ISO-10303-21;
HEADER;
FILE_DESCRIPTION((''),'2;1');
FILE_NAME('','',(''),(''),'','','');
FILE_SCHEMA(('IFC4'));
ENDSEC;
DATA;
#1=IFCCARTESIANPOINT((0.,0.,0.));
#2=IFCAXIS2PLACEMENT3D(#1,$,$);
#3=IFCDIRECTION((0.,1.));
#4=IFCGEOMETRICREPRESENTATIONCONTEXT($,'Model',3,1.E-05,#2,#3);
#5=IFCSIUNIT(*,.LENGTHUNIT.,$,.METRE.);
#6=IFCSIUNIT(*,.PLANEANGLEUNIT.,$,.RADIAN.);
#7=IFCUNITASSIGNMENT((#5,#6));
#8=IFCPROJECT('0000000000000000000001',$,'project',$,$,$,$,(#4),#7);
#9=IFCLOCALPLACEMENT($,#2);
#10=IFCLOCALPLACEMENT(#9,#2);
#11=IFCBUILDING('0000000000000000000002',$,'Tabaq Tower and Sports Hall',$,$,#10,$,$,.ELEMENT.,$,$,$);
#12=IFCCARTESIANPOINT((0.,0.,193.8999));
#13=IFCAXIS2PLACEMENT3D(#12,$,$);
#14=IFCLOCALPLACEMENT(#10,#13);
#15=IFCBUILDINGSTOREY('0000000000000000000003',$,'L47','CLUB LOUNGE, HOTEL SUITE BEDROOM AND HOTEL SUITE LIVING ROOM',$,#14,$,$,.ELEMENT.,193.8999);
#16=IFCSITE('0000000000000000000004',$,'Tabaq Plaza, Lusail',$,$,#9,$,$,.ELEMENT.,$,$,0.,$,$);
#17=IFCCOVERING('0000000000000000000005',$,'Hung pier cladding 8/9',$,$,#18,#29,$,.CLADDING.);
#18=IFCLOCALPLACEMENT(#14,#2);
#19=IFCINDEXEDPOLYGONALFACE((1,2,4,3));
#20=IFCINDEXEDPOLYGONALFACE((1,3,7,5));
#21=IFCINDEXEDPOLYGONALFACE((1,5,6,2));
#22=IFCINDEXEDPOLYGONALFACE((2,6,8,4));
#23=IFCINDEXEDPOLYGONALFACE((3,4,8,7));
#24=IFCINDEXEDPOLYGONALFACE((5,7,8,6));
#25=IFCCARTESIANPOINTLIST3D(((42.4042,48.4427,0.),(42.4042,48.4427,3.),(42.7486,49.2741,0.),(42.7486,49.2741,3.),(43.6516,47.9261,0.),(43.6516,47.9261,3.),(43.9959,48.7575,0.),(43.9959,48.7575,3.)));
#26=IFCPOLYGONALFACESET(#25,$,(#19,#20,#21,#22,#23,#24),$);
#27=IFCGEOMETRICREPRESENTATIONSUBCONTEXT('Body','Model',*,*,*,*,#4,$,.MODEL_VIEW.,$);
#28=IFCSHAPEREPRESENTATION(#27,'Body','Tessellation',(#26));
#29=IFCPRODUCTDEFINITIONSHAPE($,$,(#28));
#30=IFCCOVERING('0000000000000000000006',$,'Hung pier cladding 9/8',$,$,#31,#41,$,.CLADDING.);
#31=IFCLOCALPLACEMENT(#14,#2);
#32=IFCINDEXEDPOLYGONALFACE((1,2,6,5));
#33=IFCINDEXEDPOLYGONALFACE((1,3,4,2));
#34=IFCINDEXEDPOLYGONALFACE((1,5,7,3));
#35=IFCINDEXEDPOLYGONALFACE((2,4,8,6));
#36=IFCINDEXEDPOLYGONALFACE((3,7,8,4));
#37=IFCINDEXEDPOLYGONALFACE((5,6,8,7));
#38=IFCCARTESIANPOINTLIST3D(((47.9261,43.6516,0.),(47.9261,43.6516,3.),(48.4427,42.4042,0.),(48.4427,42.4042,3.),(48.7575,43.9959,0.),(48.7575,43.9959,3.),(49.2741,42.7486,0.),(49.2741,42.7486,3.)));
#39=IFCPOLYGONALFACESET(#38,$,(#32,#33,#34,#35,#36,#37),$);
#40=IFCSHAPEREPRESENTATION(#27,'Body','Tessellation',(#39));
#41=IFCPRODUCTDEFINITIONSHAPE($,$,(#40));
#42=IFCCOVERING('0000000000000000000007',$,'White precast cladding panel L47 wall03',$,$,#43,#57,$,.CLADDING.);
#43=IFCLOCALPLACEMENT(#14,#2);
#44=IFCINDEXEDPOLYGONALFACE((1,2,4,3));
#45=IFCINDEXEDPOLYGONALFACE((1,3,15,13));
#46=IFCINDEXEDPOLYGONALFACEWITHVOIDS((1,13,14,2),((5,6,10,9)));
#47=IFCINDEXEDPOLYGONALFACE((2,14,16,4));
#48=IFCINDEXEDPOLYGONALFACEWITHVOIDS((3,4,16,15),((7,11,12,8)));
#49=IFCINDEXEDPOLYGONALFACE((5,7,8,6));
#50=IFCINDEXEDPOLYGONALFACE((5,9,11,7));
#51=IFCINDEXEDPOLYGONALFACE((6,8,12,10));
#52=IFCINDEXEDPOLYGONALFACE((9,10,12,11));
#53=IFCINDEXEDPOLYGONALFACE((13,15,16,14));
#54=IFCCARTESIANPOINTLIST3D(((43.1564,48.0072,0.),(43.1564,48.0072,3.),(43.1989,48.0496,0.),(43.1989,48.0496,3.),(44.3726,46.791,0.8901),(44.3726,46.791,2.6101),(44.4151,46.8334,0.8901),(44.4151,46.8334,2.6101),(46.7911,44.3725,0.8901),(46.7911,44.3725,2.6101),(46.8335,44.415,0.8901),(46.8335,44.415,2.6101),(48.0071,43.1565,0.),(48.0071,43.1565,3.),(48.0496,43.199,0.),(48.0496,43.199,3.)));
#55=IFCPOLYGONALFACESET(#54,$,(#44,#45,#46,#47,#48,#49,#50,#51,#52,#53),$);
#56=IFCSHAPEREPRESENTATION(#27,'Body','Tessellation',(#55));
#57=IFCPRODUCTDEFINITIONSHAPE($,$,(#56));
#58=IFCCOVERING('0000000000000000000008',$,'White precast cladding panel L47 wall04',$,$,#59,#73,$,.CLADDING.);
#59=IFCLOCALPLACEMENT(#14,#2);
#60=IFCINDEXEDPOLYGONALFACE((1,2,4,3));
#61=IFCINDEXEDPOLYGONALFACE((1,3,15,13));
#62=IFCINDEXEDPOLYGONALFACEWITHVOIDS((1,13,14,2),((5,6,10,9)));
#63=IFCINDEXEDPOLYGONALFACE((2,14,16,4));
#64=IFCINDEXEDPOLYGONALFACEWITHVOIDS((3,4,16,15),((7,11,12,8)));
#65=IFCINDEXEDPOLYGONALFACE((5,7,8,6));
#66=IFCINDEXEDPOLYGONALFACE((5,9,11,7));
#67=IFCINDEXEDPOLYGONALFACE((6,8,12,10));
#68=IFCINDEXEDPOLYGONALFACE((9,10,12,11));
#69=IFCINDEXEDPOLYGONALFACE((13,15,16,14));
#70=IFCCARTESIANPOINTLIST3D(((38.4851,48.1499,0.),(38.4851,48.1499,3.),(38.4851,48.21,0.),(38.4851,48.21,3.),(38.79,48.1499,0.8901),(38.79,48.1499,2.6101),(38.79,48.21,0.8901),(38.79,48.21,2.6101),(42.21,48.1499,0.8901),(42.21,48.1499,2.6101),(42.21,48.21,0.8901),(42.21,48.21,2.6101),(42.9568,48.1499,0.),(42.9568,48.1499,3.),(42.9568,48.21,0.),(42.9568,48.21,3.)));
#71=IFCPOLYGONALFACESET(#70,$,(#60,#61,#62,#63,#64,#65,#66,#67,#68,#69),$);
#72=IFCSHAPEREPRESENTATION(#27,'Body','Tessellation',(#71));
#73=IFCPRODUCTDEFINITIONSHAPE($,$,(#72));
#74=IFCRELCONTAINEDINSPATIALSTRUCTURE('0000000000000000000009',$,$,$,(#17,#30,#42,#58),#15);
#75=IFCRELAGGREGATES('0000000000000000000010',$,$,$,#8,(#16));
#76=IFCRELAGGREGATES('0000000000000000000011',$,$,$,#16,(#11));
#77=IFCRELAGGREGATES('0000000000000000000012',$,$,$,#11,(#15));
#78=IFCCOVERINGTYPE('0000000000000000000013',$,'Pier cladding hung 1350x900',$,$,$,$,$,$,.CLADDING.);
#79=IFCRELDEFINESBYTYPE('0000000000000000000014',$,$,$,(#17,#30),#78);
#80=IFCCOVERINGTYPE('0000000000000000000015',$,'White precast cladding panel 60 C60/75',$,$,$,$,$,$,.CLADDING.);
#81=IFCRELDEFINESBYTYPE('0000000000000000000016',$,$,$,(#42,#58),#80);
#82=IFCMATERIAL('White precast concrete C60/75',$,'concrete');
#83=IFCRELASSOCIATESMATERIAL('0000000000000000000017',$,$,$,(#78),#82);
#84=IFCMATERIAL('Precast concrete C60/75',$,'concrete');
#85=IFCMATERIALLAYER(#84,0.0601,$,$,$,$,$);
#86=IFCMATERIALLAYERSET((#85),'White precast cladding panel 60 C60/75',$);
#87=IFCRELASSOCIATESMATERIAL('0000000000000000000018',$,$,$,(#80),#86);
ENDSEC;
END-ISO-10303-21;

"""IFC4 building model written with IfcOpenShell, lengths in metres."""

from ifc_helpers import new_model, si_unit, direction, frame, frame_2d, origin, place, context, subcontext, project, spatial, polyline, rectangle, outline, extrude, material, layer, layer_set, type_object, element, save


model = new_model("IFC4")

# Units and contexts
model_context = context("Model", 3, precision=1e-05, world=origin(), true_north=direction((0.0, 1.0)))
body_context = subcontext(model_context, "Body", "Model", "MODEL_VIEW")
ifc_project = project(units=[si_unit("LENGTHUNIT", "METRE"), si_unit("PLANEANGLEUNIT", "RADIAN")], contexts=[model_context])

# Site, building, storey
site_placement = place(None, origin())
site = spatial("IfcSite", under=ifc_project, at=site_placement, Name="Tabaq Plaza, Lusail", CompositionType="ELEMENT", RefElevation=0.0)
building_placement = place(site_placement, origin())
building = spatial("IfcBuilding", under=site, at=building_placement, Name="Tabaq Tower and Sports Hall", CompositionType="ELEMENT")
storey_placement = place(building_placement, frame((0.0, 0.0, 193.8999)))
storey = spatial("IfcBuildingStorey", under=building, at=storey_placement, Name="L47", Description="CLUB LOUNGE, HOTEL SUITE BEDROOM AND HOTEL SUITE LIVING ROOM", CompositionType="ELEMENT", Elevation=193.8999)

# Coverings
ifc_material_1 = material(Name="White precast concrete C60/75", Category="concrete")
covering_type_1 = type_object("IfcCoveringType", Name="Pier cladding hung 1350x900", PredefinedType="CLADDING", material=ifc_material_1)
for number, where, z_axis, x_axis, name in (
    (1, (43.8237, 48.3418, 0.0), (0.0, 0.0, 1.0), (-0.923893, 0.38265, 0.0), "Hung pier cladding 8/9"),
    (2, (48.8584, 42.5764, 0.0), (0.0, 0.0, 1.0), (-0.38265, 0.923893, 0.0), "Hung pier cladding 9/8"),
):
    element("IfcCovering", number, at=place(storey_placement, frame(where, z_axis=z_axis, x_axis=x_axis)), inside=storey, type_object=covering_type_1, Name=name, PredefinedType="CLADDING", context=body_context, shape_type="SweptSolid", body=[
        extrude(rectangle(XDim=1.3501, YDim=0.8999, at=frame_2d((0.675, 0.0))), origin(), (0.0, 0.0, 1.0), 3.0),
    ])
ifc_material_2 = material(Name="Precast concrete C60/75", Category="concrete")
ifc_layer_1 = layer(ifc_material_2, 0.0601)
ifc_layer_set_1 = layer_set([ifc_layer_1], Name="White precast cladding panel 60 C60/75")
covering_type_2 = type_object("IfcCoveringType", Name="White precast cladding panel 60 C60/75", PredefinedType="CLADDING", material=ifc_layer_set_1)
covering_1_placement = place(storey_placement, frame((48.0283, 43.1777, 0.0), z_axis=(0.0, 0.0, 1.0), x_axis=(-0.707107, 0.707107, 0.0)))
element("IfcCovering", 3, at=covering_1_placement, inside=storey, type_object=covering_type_2, Name="White precast cladding panel L47 wall03", PredefinedType="CLADDING", context=body_context, shape_type="SweptSolid", body=[
    extrude(outline(polyline([(0.0, 0.0), (6.8599, 0.0), (6.8599, 3.0), (0.0, 3.0), (0.0, 0.0)]), holes=[polyline([(1.7197, 0.8901), (1.7197, 2.6101), (5.1399, 2.6101), (5.1399, 0.8901), (1.7197, 0.8901)])]), frame((0.0, 0.03, 0.0), z_axis=(0.0, -1.0, 0.0), x_axis=(1.0, 0.0, 0.0)), (0.0, 0.0, 1.0), 0.0601),
])
covering_2_placement = place(storey_placement, frame((42.9568, 48.1799, 0.0), z_axis=(0.0, 0.0, 1.0), x_axis=(-1.0, 0.0, 0.0)))
element("IfcCovering", 4, at=covering_2_placement, inside=storey, type_object=covering_type_2, Name="White precast cladding panel L47 wall04", PredefinedType="CLADDING", context=body_context, shape_type="SweptSolid", body=[
    extrude(outline(polyline([(0.0, 0.0), (4.4717, 0.0), (4.4717, 3.0), (0.0, 3.0), (0.0, 0.0)]), holes=[polyline([(0.7468, 0.8901), (0.7468, 2.6101), (4.1667, 2.6101), (4.1667, 0.8901), (0.7468, 0.8901)])]), frame((0.0, 0.03, 0.0), z_axis=(0.0, -1.0, 0.0), x_axis=(1.0, 0.0, 0.0)), (0.0, 0.0, 1.0), 0.0601),
])

save(model, "model.ifc")
